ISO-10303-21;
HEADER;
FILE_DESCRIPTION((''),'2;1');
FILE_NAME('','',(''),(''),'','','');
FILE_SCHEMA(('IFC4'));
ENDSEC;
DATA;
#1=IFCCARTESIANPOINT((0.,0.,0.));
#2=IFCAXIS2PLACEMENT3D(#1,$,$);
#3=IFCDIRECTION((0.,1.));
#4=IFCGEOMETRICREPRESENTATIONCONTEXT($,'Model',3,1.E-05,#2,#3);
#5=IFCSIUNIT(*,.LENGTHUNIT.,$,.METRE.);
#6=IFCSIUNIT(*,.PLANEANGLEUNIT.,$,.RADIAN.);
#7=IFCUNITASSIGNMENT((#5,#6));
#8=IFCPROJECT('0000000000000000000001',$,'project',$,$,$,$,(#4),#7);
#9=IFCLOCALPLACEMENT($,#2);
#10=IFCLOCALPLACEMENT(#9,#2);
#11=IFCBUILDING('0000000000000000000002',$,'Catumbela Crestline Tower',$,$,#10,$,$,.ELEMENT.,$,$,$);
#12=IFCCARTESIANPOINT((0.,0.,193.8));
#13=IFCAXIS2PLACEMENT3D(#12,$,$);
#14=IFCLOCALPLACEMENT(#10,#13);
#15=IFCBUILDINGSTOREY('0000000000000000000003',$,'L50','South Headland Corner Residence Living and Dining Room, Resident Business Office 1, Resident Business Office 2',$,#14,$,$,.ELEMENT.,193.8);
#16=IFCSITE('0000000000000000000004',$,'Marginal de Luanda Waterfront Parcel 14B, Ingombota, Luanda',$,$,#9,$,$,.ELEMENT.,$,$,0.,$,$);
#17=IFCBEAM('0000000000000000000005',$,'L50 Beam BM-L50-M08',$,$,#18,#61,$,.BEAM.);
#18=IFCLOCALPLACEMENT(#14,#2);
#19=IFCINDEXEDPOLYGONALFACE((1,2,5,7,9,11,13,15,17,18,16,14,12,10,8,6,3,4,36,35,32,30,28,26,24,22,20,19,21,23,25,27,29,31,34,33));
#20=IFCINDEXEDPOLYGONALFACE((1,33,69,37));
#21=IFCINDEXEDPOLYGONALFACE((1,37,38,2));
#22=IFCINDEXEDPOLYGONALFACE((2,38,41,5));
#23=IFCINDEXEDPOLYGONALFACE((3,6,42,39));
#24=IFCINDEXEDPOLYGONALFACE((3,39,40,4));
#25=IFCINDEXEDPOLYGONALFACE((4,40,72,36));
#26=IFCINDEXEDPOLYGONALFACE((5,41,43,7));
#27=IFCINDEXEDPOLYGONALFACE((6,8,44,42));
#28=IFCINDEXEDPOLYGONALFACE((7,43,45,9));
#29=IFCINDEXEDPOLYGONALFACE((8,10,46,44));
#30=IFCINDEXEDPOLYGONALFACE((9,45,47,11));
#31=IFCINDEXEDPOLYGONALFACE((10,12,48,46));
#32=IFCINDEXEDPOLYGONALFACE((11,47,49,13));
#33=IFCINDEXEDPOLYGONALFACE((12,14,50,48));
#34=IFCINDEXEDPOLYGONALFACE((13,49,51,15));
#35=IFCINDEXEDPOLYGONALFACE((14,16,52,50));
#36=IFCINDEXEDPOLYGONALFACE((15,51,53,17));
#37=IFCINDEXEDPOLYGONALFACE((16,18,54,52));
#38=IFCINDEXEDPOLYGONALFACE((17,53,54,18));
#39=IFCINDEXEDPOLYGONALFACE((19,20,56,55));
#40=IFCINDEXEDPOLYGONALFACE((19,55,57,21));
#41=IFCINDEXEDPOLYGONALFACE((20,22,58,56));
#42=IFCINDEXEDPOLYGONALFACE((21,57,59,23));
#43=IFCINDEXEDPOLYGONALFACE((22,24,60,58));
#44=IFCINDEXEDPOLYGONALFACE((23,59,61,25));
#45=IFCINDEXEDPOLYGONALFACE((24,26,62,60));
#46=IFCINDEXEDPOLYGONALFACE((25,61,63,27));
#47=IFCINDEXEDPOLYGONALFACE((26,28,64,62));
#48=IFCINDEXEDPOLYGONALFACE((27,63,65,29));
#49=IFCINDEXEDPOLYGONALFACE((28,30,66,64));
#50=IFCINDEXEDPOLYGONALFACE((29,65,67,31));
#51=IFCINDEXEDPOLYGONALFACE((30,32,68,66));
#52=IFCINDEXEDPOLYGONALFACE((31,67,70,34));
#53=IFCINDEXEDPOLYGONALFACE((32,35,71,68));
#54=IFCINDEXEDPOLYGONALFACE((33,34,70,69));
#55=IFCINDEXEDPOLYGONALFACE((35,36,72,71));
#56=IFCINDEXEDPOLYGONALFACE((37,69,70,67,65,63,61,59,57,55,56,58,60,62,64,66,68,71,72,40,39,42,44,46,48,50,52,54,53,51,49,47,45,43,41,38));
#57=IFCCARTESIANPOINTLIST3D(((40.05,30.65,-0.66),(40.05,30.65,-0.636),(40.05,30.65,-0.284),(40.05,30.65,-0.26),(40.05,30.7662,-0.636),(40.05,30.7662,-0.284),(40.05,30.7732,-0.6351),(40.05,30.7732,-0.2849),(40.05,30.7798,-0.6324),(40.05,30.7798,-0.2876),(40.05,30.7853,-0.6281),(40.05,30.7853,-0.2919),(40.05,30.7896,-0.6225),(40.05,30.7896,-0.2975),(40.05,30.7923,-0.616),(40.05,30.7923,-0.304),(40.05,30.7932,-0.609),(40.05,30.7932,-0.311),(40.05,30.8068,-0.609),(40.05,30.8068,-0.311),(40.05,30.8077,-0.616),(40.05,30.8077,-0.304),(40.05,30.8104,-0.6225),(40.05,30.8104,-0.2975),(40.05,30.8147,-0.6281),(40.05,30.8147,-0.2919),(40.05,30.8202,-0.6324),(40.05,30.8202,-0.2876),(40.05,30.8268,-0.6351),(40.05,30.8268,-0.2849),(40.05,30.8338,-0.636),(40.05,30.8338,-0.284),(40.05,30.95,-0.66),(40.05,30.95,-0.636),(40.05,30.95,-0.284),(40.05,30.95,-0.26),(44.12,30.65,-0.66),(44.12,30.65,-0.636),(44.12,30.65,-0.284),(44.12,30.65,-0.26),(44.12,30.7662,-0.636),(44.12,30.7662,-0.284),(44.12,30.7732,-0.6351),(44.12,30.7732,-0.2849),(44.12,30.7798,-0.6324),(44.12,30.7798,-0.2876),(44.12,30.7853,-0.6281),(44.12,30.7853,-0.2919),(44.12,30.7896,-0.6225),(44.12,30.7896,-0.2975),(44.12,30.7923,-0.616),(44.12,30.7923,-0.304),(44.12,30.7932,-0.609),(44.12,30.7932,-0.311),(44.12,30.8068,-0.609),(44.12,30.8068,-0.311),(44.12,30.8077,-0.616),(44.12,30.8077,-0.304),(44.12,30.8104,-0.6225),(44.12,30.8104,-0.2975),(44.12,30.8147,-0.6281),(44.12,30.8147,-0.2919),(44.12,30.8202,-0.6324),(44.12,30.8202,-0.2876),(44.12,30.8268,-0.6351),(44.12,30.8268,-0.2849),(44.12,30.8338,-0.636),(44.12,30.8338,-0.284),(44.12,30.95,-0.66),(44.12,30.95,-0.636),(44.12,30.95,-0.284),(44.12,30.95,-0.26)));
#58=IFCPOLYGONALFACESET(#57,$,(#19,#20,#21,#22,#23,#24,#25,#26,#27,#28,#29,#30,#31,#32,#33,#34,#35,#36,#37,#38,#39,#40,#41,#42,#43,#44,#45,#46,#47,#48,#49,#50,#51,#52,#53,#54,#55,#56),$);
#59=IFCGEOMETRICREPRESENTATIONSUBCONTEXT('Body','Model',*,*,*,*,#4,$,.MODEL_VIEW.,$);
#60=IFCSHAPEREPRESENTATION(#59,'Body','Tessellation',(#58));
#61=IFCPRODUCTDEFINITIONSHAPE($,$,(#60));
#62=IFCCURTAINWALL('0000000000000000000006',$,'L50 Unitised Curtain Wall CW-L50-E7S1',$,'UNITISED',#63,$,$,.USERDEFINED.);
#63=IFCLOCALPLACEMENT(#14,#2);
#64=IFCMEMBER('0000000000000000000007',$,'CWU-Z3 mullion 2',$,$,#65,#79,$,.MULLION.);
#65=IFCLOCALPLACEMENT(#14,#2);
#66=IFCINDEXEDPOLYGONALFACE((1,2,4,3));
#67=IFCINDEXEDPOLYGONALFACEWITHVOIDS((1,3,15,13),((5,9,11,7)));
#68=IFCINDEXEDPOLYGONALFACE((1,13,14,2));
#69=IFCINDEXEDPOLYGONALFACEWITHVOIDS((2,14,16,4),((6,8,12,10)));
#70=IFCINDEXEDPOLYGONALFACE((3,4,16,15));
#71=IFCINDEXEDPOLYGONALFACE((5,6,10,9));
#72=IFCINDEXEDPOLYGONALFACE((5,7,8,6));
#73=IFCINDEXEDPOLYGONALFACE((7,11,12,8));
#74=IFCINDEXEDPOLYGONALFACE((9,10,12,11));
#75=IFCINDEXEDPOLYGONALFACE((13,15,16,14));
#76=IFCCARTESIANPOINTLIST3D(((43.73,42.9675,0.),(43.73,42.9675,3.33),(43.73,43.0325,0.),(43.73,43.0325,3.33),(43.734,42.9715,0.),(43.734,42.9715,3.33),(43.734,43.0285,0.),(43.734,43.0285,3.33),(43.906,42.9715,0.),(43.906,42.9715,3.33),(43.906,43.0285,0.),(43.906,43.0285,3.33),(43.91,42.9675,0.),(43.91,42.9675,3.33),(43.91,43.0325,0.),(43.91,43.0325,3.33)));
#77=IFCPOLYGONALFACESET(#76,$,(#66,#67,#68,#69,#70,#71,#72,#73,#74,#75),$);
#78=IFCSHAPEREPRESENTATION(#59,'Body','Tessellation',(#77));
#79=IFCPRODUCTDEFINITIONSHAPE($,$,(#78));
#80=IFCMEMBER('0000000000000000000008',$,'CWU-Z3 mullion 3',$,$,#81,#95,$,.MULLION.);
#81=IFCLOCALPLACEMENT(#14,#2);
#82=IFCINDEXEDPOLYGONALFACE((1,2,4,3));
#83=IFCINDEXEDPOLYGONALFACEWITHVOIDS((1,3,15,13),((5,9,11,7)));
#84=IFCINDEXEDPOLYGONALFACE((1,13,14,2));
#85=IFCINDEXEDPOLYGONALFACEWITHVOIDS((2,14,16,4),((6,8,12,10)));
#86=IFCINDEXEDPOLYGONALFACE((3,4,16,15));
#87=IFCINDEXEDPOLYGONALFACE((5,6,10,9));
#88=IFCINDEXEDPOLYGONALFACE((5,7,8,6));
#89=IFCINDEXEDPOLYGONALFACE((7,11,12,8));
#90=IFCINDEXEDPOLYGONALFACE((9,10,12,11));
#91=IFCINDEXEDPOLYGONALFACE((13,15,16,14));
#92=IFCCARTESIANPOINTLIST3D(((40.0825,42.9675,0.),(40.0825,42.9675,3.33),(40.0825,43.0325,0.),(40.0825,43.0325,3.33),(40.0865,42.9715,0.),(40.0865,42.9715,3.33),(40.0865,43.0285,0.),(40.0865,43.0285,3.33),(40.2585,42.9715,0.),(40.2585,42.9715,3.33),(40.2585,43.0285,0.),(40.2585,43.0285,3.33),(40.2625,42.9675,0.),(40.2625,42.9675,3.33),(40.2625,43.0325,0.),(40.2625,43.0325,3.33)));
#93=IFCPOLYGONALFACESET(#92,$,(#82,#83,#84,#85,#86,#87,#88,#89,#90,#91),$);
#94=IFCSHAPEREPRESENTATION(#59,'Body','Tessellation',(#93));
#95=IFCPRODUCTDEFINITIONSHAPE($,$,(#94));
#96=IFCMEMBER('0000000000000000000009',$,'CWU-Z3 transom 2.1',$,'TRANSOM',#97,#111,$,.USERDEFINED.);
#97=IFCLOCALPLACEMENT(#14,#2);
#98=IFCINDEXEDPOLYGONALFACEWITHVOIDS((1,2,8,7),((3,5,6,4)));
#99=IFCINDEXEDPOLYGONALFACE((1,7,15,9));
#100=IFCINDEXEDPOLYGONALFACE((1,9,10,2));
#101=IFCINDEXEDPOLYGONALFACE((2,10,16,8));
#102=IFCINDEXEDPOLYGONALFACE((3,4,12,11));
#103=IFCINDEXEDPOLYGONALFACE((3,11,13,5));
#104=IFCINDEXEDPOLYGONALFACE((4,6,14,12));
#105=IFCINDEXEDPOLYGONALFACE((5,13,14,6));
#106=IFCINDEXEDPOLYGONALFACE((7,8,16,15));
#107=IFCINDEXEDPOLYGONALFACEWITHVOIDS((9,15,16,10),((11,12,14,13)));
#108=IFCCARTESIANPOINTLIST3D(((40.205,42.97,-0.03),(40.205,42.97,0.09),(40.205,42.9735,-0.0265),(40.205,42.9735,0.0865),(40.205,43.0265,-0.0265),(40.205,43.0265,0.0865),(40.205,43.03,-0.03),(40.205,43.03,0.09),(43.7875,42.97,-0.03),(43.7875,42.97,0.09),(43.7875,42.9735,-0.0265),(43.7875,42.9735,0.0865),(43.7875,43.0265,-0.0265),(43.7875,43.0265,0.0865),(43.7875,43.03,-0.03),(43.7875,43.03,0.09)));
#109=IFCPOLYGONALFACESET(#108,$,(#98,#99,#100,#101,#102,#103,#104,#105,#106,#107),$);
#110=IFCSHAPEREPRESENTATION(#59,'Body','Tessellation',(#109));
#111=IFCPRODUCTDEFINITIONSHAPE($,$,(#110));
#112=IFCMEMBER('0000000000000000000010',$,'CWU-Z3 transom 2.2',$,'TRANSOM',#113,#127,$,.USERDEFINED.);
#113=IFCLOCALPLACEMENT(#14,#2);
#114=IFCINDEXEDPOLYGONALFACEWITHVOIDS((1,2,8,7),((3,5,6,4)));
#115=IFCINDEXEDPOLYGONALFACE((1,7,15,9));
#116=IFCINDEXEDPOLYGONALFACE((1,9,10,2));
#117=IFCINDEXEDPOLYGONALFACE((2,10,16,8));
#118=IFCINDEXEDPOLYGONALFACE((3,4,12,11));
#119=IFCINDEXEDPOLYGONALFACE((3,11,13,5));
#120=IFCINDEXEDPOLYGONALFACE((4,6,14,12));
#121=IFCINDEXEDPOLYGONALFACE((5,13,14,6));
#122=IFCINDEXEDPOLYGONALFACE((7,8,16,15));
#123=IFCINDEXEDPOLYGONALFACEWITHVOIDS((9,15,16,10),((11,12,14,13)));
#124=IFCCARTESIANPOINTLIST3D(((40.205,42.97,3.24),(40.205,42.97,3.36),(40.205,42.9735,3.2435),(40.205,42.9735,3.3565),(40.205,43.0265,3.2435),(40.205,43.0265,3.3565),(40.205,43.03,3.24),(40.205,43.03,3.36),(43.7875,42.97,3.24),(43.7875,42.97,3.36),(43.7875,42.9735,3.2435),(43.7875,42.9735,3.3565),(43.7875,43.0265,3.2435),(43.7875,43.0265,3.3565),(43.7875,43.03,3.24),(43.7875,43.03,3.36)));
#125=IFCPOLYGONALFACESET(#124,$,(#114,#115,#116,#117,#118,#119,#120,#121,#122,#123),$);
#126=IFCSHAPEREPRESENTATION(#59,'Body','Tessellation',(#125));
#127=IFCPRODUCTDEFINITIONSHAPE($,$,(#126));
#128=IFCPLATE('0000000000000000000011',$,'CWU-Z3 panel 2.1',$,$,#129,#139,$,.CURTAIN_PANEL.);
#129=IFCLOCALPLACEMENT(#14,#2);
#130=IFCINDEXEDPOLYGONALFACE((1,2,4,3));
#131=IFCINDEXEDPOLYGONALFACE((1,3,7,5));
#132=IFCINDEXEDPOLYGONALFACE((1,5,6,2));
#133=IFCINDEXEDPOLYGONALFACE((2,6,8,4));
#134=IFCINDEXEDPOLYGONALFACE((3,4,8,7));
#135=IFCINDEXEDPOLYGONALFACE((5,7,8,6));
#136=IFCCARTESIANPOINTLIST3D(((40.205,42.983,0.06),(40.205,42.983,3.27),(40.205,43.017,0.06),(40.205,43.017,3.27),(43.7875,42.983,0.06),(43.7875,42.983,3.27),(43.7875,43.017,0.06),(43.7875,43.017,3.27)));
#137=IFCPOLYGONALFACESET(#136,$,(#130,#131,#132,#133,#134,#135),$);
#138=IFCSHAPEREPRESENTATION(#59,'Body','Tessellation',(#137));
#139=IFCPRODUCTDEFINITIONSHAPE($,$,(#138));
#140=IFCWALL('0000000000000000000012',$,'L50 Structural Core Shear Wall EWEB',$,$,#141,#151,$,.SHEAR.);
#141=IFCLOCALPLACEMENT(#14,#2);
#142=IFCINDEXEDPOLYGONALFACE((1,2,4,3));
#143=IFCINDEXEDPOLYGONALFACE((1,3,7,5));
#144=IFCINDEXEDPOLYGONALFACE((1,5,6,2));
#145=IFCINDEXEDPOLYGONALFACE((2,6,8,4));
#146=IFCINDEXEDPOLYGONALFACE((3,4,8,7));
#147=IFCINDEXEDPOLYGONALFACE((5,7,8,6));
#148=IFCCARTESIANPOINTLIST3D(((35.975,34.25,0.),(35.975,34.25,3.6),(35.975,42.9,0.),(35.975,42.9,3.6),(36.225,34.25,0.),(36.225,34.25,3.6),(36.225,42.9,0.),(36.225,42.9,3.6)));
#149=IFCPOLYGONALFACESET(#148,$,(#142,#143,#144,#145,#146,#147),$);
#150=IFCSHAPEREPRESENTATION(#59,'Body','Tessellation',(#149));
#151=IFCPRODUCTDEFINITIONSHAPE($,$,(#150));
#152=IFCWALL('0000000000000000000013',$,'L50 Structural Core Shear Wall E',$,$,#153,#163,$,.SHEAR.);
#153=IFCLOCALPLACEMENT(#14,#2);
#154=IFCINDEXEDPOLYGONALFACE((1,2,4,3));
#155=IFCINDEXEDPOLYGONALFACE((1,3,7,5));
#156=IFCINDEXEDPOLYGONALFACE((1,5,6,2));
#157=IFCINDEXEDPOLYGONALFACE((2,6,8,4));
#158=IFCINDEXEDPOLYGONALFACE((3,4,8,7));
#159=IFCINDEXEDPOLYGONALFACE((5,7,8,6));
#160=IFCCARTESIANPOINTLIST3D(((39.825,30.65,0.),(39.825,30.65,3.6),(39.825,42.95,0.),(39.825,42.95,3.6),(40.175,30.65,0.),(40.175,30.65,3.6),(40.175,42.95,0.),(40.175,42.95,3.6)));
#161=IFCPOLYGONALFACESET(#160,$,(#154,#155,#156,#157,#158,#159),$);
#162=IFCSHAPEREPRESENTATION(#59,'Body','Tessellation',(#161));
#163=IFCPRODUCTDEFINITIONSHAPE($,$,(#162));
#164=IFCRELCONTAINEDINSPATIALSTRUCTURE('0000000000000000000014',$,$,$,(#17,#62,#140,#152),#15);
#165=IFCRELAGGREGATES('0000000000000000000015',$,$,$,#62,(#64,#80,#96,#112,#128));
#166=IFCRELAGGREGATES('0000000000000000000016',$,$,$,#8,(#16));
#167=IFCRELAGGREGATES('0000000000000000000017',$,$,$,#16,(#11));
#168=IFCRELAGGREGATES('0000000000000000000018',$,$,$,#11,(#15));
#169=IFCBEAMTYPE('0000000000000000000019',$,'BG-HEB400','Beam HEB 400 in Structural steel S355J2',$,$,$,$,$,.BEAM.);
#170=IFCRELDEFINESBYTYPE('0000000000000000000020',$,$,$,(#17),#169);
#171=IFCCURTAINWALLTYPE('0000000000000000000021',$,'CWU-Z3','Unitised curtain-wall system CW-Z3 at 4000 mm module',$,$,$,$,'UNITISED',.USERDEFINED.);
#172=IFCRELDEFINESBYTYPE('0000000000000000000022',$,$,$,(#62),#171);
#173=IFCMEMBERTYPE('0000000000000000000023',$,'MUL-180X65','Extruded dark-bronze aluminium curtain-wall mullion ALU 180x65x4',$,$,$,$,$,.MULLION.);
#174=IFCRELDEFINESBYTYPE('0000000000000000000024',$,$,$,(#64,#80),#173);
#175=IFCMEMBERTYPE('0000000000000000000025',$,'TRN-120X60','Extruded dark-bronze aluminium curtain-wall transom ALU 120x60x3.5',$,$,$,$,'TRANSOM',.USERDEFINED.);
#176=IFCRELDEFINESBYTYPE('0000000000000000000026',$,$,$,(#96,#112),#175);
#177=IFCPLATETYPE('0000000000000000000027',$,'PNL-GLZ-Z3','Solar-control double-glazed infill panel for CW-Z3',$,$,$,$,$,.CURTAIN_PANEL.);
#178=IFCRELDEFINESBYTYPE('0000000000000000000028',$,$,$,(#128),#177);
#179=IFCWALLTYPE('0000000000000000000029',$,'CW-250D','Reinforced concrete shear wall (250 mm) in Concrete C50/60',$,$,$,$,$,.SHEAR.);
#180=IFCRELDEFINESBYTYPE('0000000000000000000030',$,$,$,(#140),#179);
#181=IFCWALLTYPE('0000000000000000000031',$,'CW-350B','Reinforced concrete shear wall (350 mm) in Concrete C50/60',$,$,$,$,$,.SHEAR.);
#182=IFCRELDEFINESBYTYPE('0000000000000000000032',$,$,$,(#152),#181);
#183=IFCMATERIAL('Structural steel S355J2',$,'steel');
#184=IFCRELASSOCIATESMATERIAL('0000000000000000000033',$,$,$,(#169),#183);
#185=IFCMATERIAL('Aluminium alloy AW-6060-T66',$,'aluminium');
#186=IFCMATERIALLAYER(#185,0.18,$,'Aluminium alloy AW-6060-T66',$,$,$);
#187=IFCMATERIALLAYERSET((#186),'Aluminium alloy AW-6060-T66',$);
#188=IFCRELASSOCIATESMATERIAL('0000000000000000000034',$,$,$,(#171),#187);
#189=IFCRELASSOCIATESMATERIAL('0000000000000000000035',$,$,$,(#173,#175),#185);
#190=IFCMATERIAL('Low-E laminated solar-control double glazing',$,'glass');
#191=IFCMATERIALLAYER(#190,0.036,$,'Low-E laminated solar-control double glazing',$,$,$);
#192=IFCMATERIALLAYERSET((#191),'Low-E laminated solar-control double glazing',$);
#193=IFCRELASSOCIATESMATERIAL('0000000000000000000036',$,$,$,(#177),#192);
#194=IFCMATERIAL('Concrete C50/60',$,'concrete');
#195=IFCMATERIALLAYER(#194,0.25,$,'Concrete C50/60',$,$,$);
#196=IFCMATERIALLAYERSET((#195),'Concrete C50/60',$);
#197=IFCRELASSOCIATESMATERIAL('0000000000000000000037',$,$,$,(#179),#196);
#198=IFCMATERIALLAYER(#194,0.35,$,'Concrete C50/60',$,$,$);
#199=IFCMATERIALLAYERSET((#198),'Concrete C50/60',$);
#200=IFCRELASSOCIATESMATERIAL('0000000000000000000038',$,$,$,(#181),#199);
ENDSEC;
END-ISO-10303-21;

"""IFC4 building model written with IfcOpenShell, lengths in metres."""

from ifc_helpers import new_model, si_unit, direction, frame, frame_2d, origin, origin_2d, place, context, subcontext, project, spatial, rectangle, hollow_rectangle, i_section, extrude, material, layer, layer_set, material_profile, profile_set, type_object, element, aggregate, save


model = new_model("IFC4")

# Units and contexts
model_context = context("Model", 3, precision=1e-05, world=origin(), true_north=direction((0.0, 1.0)))
body_context = subcontext(model_context, "Body", "Model", "MODEL_VIEW")
ifc_project = project(units=[si_unit("LENGTHUNIT", "METRE"), si_unit("PLANEANGLEUNIT", "RADIAN")], contexts=[model_context])

# Site, building, storey
site_placement = place(None, origin())
site = spatial("IfcSite", under=ifc_project, at=site_placement, Name="Marginal de Luanda Waterfront Parcel 14B, Ingombota, Luanda", CompositionType="ELEMENT", RefElevation=0.0)
building_placement = place(site_placement, origin())
building = spatial("IfcBuilding", under=site, at=building_placement, Name="Catumbela Crestline Tower", CompositionType="ELEMENT")
storey_placement = place(building_placement, frame((0.0, 0.0, 193.8)))
storey = spatial("IfcBuildingStorey", under=building, at=storey_placement, Name="L50", Description="South Headland Corner Residence Living and Dining Room, Resident Business Office 1, Resident Business Office 2", CompositionType="ELEMENT", Elevation=193.8)

# Beam
ifc_material_1 = material(Name="Structural steel S355J2", Category="steel")
ifc_material_profile_1 = material_profile(ifc_material_1, i_section(OverallWidth=0.3, OverallDepth=0.4, WebThickness=0.0135, FlangeThickness=0.024, FilletRadius=0.027, at=origin_2d()), Name="HEB 400")
ifc_profile_set_1 = profile_set([ifc_material_profile_1], Name="Structural steel S355J2")
beam_type = type_object("IfcBeamType", Name="BG-HEB400", Description="Beam HEB 400 in Structural steel S355J2", PredefinedType="BEAM", material=ifc_profile_set_1)
beam_placement = place(storey_placement, frame((40.05, 30.8, -0.46), z_axis=(1.0, 0.0, 0.0), x_axis=(0.0, 1.0, 0.0)))
element("IfcBeam", 1, at=beam_placement, inside=storey, type_object=beam_type, Name="L50 Beam BM-L50-M08", PredefinedType="BEAM", context=body_context, shape_type="SweptSolid", body=[
    extrude(i_section(OverallWidth=0.3, OverallDepth=0.4, WebThickness=0.0135, FlangeThickness=0.024, FilletRadius=0.027, at=origin_2d()), origin(), (0.0, 0.0, 1.0), 4.07),
])

# Curtain wall, members, plate
ifc_material_2 = material(Name="Aluminium alloy AW-6060-T66", Category="aluminium")
ifc_layer_1 = layer(ifc_material_2, 0.18, Name="Aluminium alloy AW-6060-T66")
ifc_layer_set_1 = layer_set([ifc_layer_1], Name="Aluminium alloy AW-6060-T66")
curtain_wall_type = type_object("IfcCurtainWallType", Name="CWU-Z3", Description="Unitised curtain-wall system CW-Z3 at 4000 mm module", ElementType="UNITISED", PredefinedType="USERDEFINED", material=ifc_layer_set_1)
curtain_wall_placement = place(storey_placement, origin())
curtain_wall = element("IfcCurtainWall", 2, at=curtain_wall_placement, inside=storey, type_object=curtain_wall_type, Name="L50 Unitised Curtain Wall CW-L50-E7S1", ObjectType="UNITISED", PredefinedType="USERDEFINED")
ifc_material_profile_2 = material_profile(ifc_material_2, hollow_rectangle(XDim=0.065, YDim=0.18, WallThickness=0.004, at=origin_2d()), Name="ALU 180x65x4")
ifc_profile_set_2 = profile_set([ifc_material_profile_2], Name="Aluminium alloy AW-6060-T66")
member_type_1 = type_object("IfcMemberType", Name="MUL-180X65", Description="Extruded dark-bronze aluminium curtain-wall mullion ALU 180x65x4", PredefinedType="MULLION", material=ifc_profile_set_2)
member_1_placement = place(storey_placement, frame((43.82, 43.0, 0.0), z_axis=(0.0, 0.0, 1.0), x_axis=(0.0, -1.0, 0.0)))
member_1 = element("IfcMember", 3, at=member_1_placement, type_object=member_type_1, Name="CWU-Z3 mullion 2", PredefinedType="MULLION", context=body_context, shape_type="SweptSolid", body=[
    extrude(hollow_rectangle(XDim=0.065, YDim=0.18, WallThickness=0.004, at=origin_2d()), origin(), (0.0, 0.0, 1.0), 3.33),
])
member_2_placement = place(storey_placement, frame((40.1725, 43.0, 0.0), z_axis=(0.0, 0.0, 1.0), x_axis=(0.0, -1.0, 0.0)))
member_2 = element("IfcMember", 4, at=member_2_placement, type_object=member_type_1, Name="CWU-Z3 mullion 3", PredefinedType="MULLION", context=body_context, shape_type="SweptSolid", body=[
    extrude(hollow_rectangle(XDim=0.065, YDim=0.18, WallThickness=0.004, at=origin_2d()), origin(), (0.0, 0.0, 1.0), 3.33),
])
ifc_material_profile_3 = material_profile(ifc_material_2, hollow_rectangle(XDim=0.06, YDim=0.12, WallThickness=0.0035, at=origin_2d()), Name="ALU 120x60x3.5")
ifc_profile_set_3 = profile_set([ifc_material_profile_3], Name="Aluminium alloy AW-6060-T66")
member_type_2 = type_object("IfcMemberType", Name="TRN-120X60", Description="Extruded dark-bronze aluminium curtain-wall transom ALU 120x60x3.5", ElementType="TRANSOM", PredefinedType="USERDEFINED", material=ifc_profile_set_3)
member_3_placement = place(storey_placement, frame((43.7875, 43.0, 0.03), z_axis=(-1.0, 0.0, 0.0), x_axis=(0.0, -1.0, 0.0)))
member_3 = element("IfcMember", 5, at=member_3_placement, type_object=member_type_2, Name="CWU-Z3 transom 2.1", ObjectType="TRANSOM", PredefinedType="USERDEFINED", context=body_context, shape_type="SweptSolid", body=[
    extrude(hollow_rectangle(XDim=0.06, YDim=0.12, WallThickness=0.0035, at=origin_2d()), origin(), (0.0, 0.0, 1.0), 3.5825),
])
member_4_placement = place(storey_placement, frame((43.7875, 43.0, 3.3), z_axis=(-1.0, 0.0, 0.0), x_axis=(0.0, -1.0, 0.0)))
member_4 = element("IfcMember", 6, at=member_4_placement, type_object=member_type_2, Name="CWU-Z3 transom 2.2", ObjectType="TRANSOM", PredefinedType="USERDEFINED", context=body_context, shape_type="SweptSolid", body=[
    extrude(hollow_rectangle(XDim=0.06, YDim=0.12, WallThickness=0.0035, at=origin_2d()), origin(), (0.0, 0.0, 1.0), 3.5825),
])
ifc_material_3 = material(Name="Low-E laminated solar-control double glazing", Category="glass")
ifc_layer_2 = layer(ifc_material_3, 0.036, Name="Low-E laminated solar-control double glazing")
ifc_layer_set_2 = layer_set([ifc_layer_2], Name="Low-E laminated solar-control double glazing")
plate_type = type_object("IfcPlateType", Name="PNL-GLZ-Z3", Description="Solar-control double-glazed infill panel for CW-Z3", PredefinedType="CURTAIN_PANEL", material=ifc_layer_set_2)
plate_placement = place(storey_placement, frame((41.9963, 43.0, 0.06), z_axis=(0.0, 0.0, 1.0), x_axis=(-1.0, 0.0, 0.0)))
plate = element("IfcPlate", 7, at=plate_placement, type_object=plate_type, Name="CWU-Z3 panel 2.1", PredefinedType="CURTAIN_PANEL", context=body_context, shape_type="SweptSolid", body=[
    extrude(rectangle(XDim=3.5825, YDim=0.034, at=origin_2d()), origin(), (0.0, 0.0, 1.0), 3.21),
])
aggregate(curtain_wall, [member_1, member_2, member_3, member_4, plate])

# Walls
ifc_material_4 = material(Name="Concrete C50/60", Category="concrete")
ifc_layer_3 = layer(ifc_material_4, 0.25, Name="Concrete C50/60")
ifc_layer_set_3 = layer_set([ifc_layer_3], Name="Concrete C50/60")
wall_type_1 = type_object("IfcWallType", Name="CW-250D", Description="Reinforced concrete shear wall (250 mm) in Concrete C50/60", PredefinedType="SHEAR", material=ifc_layer_set_3)
wall_1_placement = place(storey_placement, frame((36.1, 34.25, 0.0), z_axis=(0.0, 0.0, 1.0), x_axis=(0.0, 1.0, 0.0)))
element("IfcWall", 8, at=wall_1_placement, inside=storey, type_object=wall_type_1, Name="L50 Structural Core Shear Wall EWEB", PredefinedType="SHEAR", context=body_context, shape_type="SweptSolid", body=[
    extrude(rectangle(XDim=8.65, YDim=0.25, at=frame_2d((4.325, 0.0))), origin(), (0.0, 0.0, 1.0), 3.6),
])
ifc_layer_4 = layer(ifc_material_4, 0.35, Name="Concrete C50/60")
ifc_layer_set_4 = layer_set([ifc_layer_4], Name="Concrete C50/60")
wall_type_2 = type_object("IfcWallType", Name="CW-350B", Description="Reinforced concrete shear wall (350 mm) in Concrete C50/60", PredefinedType="SHEAR", material=ifc_layer_set_4)
wall_2_placement = place(storey_placement, frame((40.0, 30.65, 0.0), z_axis=(0.0, 0.0, 1.0), x_axis=(0.0, 1.0, 0.0)))
element("IfcWall", 9, at=wall_2_placement, inside=storey, type_object=wall_type_2, Name="L50 Structural Core Shear Wall E", PredefinedType="SHEAR", context=body_context, shape_type="SweptSolid", body=[
    extrude(rectangle(XDim=12.3, YDim=0.35, at=frame_2d((6.15, 0.0))), origin(), (0.0, 0.0, 1.0), 3.6),
])

save(model, "model.ifc")
